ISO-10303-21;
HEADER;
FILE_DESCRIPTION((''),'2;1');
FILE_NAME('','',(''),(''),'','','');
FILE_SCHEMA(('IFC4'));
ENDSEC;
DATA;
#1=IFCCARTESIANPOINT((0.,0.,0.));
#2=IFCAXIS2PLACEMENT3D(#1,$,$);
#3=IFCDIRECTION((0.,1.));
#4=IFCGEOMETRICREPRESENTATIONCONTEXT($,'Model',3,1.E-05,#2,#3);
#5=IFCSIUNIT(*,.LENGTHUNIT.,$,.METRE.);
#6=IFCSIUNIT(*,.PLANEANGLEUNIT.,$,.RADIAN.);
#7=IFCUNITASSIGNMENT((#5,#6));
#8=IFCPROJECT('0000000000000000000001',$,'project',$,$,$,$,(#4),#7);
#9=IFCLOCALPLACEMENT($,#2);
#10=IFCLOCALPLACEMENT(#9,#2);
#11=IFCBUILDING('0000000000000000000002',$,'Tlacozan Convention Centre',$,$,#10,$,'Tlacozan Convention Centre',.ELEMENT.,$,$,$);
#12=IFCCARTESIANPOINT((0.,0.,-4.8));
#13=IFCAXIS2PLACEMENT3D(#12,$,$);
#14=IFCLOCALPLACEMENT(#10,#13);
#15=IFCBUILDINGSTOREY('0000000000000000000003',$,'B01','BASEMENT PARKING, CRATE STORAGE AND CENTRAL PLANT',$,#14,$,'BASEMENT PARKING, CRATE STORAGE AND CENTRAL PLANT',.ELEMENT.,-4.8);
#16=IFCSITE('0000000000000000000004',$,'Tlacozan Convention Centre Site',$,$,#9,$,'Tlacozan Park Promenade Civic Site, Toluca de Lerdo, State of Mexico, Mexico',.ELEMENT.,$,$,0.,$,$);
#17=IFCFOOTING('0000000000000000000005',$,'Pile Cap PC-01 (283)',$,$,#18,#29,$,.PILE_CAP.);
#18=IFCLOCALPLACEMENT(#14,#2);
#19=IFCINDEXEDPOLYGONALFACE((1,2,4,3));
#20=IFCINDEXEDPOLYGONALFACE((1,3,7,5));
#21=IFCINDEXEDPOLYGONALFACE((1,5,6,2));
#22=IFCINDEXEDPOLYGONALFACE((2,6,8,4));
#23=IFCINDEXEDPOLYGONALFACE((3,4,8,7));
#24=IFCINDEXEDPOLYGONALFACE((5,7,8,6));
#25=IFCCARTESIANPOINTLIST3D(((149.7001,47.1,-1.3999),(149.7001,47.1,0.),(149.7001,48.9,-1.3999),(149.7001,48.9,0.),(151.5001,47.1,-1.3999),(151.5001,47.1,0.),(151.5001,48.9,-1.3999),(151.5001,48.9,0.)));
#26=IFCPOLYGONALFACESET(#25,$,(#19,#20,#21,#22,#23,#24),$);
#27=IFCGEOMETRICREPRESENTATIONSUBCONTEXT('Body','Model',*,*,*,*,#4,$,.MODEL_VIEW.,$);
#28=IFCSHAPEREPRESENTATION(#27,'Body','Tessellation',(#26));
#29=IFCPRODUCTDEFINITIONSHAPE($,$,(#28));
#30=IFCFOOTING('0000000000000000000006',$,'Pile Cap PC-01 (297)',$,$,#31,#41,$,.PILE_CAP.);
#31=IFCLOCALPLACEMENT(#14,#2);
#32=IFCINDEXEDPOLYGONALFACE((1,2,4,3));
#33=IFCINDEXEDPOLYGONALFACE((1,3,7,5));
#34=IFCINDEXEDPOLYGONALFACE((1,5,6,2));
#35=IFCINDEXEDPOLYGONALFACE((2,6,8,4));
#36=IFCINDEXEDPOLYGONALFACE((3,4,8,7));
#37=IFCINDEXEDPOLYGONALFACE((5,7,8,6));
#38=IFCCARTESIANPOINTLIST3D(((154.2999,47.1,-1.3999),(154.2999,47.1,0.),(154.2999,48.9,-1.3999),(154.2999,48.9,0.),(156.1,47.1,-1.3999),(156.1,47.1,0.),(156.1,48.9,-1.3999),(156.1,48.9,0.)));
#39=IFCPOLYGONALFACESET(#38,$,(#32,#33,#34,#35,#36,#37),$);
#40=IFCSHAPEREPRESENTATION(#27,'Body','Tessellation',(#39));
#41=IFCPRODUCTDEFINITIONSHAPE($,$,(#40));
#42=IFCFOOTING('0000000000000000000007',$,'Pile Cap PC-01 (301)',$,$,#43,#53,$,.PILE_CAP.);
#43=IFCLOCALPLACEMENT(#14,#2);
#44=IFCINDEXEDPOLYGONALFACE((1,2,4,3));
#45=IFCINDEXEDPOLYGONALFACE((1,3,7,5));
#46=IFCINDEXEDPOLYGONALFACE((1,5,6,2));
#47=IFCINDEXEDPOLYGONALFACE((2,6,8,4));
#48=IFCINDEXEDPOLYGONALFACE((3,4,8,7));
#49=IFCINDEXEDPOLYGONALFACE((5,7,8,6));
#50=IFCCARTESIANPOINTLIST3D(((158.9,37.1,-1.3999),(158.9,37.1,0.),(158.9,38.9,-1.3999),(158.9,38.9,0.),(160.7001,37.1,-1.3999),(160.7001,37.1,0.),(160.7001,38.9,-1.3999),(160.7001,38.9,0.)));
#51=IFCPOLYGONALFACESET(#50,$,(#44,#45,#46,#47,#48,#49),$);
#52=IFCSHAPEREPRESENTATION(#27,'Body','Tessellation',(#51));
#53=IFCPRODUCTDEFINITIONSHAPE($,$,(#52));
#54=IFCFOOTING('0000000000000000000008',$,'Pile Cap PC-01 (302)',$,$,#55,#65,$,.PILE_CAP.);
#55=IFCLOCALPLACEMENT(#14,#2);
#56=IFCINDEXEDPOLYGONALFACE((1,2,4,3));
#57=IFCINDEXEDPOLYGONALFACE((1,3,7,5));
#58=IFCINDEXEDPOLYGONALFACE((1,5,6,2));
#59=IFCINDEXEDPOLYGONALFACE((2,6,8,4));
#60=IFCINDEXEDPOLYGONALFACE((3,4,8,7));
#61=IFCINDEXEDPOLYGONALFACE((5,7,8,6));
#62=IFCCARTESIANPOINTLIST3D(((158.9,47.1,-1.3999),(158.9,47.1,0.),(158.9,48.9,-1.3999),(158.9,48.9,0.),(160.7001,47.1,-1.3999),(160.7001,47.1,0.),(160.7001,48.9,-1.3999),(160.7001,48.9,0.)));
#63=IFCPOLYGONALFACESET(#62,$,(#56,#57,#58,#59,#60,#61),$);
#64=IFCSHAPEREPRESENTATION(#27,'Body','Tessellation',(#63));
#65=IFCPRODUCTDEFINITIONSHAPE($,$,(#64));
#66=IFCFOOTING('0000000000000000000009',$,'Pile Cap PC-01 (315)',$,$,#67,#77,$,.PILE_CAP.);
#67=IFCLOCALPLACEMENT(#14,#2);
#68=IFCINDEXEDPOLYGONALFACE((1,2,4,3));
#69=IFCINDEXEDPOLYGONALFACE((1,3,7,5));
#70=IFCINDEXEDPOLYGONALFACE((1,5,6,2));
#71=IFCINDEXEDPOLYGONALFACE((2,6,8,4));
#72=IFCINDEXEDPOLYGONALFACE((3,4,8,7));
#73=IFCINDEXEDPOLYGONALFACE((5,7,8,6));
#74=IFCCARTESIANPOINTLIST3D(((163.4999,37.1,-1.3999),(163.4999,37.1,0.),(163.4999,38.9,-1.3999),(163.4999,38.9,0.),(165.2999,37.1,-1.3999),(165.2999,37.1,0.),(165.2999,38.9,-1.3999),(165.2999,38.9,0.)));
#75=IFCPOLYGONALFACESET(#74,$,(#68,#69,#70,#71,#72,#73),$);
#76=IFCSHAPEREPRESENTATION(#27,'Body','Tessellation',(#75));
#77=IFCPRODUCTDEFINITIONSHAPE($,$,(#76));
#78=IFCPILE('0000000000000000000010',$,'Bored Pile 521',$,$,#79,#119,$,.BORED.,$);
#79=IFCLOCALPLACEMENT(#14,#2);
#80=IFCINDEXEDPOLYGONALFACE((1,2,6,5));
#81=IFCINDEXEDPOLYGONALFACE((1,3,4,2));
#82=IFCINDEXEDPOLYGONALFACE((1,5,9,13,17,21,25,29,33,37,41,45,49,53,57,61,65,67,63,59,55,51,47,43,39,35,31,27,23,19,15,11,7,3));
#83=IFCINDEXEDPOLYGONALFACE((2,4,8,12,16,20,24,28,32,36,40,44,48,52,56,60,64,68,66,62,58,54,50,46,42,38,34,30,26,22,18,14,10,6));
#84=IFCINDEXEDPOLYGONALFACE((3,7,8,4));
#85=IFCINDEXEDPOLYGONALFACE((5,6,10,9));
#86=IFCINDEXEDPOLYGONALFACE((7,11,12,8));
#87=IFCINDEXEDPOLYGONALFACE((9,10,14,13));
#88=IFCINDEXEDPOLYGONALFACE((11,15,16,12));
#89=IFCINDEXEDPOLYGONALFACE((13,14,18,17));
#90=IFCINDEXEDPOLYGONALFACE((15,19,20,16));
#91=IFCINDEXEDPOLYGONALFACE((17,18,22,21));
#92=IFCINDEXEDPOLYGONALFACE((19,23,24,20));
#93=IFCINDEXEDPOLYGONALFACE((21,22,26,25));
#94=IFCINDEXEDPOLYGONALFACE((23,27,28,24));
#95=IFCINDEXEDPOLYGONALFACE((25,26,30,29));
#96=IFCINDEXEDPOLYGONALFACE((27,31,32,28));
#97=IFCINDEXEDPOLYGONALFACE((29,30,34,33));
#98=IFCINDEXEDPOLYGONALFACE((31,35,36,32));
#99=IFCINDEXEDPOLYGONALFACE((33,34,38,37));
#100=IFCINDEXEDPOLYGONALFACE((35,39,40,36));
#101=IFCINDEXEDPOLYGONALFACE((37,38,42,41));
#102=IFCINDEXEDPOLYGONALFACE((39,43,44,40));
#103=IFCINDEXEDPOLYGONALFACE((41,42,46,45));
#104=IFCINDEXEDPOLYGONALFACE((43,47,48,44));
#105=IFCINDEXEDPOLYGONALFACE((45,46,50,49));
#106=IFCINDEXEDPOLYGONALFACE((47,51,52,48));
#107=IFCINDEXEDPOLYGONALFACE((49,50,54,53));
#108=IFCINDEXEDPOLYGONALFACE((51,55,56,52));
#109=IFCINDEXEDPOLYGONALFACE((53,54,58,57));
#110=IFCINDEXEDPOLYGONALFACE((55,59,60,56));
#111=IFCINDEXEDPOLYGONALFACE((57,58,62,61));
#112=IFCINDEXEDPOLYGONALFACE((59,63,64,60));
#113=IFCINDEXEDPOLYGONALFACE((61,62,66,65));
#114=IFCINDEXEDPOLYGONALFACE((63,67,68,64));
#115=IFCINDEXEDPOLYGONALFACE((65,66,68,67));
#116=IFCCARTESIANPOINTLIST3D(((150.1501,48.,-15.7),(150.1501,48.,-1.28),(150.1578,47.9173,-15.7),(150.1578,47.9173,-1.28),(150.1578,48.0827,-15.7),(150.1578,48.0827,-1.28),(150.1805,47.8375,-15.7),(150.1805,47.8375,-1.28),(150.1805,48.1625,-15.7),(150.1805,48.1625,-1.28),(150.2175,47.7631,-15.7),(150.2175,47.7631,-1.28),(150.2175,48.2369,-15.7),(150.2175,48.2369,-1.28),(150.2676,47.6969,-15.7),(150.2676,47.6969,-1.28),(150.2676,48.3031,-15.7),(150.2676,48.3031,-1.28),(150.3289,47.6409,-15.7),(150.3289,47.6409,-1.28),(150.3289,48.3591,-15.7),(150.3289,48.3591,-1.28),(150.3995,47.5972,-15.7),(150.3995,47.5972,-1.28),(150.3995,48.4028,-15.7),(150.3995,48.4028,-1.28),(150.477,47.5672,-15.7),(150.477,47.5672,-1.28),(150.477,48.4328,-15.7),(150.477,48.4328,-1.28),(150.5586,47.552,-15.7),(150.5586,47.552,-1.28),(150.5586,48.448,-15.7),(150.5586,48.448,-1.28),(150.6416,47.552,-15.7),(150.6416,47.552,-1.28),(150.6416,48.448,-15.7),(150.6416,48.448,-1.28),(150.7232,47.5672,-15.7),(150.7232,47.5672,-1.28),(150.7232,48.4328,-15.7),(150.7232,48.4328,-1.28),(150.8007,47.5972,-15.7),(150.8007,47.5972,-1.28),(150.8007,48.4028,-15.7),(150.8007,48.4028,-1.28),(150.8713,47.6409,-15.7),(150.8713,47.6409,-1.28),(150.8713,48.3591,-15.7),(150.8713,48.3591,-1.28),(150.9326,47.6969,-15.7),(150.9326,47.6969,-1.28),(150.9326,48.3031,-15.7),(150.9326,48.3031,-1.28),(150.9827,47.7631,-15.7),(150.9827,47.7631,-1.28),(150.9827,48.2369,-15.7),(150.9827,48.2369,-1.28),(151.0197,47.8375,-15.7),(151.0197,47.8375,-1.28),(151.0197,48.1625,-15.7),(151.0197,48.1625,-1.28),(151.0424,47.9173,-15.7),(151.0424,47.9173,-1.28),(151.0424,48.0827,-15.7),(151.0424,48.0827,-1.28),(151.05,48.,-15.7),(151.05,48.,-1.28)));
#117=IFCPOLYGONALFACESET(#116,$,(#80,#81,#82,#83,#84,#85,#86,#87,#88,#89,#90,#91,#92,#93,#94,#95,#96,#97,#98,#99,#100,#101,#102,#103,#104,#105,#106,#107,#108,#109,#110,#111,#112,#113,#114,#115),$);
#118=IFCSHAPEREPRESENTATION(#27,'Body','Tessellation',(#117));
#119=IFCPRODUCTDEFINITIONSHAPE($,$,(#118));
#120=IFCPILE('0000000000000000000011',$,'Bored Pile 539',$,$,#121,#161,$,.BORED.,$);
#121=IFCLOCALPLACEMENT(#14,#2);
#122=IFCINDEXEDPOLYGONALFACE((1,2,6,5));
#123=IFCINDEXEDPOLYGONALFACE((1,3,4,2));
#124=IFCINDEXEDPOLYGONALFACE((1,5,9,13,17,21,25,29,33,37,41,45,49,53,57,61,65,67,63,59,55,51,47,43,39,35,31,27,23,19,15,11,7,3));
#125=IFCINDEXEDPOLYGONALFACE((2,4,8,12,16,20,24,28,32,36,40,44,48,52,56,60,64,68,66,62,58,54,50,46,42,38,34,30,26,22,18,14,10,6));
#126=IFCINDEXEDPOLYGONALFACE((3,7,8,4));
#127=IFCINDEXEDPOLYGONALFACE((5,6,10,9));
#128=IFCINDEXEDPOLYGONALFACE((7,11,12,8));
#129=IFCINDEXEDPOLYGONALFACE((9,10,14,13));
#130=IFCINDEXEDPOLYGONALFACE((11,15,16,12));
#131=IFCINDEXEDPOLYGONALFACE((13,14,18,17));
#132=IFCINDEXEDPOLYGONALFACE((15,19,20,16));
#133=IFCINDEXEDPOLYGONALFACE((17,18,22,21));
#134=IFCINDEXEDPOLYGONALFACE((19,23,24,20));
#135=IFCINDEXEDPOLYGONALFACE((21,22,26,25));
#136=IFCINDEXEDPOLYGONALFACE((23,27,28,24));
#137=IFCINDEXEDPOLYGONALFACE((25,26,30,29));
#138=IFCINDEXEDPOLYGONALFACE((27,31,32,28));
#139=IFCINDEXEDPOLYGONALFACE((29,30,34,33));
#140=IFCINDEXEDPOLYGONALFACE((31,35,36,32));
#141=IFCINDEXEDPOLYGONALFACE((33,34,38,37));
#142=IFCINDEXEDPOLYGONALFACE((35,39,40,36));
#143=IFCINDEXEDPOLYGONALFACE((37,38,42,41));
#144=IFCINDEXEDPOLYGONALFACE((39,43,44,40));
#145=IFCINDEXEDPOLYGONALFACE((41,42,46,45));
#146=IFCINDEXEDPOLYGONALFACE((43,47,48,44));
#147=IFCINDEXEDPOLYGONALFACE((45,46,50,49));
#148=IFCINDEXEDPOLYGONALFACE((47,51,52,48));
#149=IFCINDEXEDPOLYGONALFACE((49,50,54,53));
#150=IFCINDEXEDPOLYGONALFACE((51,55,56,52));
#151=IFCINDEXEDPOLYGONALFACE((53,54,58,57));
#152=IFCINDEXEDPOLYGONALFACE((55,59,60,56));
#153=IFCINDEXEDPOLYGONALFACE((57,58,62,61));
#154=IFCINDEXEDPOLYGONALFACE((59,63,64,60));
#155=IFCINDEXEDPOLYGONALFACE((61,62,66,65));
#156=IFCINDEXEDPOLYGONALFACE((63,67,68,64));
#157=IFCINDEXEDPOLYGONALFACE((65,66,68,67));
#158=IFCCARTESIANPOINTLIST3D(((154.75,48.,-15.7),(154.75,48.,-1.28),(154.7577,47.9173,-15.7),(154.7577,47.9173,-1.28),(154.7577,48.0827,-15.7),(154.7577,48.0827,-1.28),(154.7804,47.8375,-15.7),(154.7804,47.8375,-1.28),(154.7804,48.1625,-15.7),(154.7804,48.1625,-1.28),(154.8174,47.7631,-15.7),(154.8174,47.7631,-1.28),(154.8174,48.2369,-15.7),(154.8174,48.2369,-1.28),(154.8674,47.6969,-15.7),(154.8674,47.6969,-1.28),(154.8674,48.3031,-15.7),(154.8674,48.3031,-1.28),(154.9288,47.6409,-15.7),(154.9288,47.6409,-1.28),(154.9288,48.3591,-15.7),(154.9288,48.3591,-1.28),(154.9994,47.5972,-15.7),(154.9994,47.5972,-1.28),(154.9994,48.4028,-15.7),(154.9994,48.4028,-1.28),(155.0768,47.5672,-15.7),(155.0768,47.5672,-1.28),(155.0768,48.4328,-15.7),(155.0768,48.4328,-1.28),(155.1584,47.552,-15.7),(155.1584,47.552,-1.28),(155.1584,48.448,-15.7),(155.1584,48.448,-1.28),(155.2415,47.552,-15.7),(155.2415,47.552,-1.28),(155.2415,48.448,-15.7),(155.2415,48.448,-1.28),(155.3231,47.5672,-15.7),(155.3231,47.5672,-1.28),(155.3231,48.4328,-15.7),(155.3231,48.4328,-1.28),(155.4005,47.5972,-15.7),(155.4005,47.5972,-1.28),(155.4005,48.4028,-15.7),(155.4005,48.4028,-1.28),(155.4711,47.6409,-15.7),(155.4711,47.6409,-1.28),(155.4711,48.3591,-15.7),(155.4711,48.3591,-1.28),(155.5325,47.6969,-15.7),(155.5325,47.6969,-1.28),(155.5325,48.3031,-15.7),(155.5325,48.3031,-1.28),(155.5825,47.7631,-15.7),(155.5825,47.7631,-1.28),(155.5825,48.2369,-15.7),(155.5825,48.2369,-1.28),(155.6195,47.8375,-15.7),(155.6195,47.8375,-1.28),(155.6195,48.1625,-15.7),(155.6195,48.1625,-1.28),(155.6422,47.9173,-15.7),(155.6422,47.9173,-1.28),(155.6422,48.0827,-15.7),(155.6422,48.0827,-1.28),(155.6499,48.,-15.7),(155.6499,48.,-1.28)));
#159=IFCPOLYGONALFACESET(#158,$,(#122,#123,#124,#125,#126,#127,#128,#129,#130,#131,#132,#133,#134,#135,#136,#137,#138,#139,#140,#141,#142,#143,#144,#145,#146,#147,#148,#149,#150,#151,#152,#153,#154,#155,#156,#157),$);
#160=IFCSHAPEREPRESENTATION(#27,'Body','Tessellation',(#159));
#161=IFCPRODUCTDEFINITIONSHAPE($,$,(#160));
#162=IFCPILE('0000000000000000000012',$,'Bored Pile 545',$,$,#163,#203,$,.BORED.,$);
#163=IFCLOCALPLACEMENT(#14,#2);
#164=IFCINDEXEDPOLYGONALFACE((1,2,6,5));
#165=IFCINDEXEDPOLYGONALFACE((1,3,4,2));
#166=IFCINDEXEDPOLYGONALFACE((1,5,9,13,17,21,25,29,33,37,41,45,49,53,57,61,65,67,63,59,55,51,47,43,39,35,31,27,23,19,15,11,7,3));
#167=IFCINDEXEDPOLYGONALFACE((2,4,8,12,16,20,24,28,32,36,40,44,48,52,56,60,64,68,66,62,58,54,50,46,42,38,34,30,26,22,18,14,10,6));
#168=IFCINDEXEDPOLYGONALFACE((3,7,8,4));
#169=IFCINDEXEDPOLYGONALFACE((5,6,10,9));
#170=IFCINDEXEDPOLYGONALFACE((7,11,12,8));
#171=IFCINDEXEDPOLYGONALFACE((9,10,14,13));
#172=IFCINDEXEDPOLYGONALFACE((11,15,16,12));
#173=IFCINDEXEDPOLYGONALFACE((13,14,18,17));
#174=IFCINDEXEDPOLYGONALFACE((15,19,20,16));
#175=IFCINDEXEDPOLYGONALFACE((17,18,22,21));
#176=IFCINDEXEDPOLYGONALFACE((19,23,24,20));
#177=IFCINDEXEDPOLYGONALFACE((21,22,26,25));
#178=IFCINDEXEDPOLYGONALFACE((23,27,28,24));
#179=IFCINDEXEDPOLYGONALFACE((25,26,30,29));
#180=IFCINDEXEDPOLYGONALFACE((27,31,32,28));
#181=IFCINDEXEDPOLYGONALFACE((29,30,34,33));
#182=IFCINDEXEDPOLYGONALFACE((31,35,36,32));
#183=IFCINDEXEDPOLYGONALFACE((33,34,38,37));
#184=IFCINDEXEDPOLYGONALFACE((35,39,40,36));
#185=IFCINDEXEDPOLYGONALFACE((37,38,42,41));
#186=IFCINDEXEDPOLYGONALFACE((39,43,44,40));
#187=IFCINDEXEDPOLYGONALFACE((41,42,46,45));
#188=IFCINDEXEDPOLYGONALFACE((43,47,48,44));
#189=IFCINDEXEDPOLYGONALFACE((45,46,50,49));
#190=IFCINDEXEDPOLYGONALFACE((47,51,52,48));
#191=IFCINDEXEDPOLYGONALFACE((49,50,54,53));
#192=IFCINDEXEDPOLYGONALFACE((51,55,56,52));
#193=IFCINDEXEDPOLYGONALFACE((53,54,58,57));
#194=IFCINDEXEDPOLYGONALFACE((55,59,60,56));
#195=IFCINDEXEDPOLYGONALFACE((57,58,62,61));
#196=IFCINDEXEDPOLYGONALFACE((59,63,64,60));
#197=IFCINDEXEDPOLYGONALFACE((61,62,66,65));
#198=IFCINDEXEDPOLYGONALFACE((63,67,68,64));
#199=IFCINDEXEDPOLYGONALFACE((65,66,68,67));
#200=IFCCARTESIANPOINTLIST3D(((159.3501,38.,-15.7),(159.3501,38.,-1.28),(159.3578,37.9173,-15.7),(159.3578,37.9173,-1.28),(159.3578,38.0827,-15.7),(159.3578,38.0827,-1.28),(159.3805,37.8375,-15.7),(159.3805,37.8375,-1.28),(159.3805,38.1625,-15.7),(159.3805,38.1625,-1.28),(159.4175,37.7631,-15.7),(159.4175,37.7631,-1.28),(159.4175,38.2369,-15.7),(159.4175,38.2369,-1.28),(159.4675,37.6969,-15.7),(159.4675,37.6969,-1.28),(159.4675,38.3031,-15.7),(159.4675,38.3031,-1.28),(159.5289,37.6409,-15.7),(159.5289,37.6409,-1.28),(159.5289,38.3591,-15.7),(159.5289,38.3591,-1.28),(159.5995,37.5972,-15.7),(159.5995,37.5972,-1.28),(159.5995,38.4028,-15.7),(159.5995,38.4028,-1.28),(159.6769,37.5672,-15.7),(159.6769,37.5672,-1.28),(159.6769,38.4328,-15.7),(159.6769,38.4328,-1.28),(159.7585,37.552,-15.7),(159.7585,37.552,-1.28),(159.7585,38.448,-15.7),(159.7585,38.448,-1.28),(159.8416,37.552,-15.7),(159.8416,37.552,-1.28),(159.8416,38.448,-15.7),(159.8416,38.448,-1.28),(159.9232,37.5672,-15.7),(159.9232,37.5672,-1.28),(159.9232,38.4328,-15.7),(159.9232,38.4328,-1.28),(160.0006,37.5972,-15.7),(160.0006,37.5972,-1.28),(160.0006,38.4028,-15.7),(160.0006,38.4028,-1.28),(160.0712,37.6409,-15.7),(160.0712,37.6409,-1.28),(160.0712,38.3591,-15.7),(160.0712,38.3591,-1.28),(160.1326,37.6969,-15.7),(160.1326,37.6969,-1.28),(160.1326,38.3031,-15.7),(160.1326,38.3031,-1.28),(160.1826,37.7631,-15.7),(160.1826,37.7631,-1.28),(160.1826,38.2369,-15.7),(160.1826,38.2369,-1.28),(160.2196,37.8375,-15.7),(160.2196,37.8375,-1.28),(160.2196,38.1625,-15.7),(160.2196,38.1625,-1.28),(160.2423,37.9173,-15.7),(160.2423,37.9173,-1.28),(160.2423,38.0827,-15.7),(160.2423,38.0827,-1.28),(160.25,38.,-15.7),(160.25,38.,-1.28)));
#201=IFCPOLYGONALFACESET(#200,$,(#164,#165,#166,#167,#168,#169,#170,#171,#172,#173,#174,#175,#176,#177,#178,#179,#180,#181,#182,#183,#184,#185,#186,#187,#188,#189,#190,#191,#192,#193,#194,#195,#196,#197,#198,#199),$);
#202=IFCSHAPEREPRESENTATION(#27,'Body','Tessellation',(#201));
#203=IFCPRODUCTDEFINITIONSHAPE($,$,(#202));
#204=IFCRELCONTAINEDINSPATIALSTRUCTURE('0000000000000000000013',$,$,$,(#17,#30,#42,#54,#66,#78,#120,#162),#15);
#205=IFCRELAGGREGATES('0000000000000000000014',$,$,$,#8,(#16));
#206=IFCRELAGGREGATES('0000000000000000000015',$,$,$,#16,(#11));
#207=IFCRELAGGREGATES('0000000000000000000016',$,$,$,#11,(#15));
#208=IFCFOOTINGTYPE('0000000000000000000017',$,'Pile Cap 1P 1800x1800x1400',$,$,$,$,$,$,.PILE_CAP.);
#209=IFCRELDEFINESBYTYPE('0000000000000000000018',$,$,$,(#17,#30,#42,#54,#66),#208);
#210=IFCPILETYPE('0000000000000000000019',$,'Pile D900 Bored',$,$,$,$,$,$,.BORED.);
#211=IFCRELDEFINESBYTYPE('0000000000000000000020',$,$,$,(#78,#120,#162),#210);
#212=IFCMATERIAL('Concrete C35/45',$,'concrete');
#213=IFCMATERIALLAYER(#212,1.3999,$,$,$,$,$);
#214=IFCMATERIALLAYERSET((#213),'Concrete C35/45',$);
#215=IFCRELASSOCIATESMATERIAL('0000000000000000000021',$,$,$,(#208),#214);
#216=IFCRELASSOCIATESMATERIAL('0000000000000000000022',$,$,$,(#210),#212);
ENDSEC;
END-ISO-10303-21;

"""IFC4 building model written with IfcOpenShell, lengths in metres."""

from ifc_helpers import new_model, si_unit, direction, frame, origin, origin_2d, place, context, subcontext, project, spatial, rectangle, circle, extrude, material, layer, layer_set, material_profile, profile_set, type_object, element, save


model = new_model("IFC4")

# Units and contexts
model_context = context("Model", 3, precision=1e-05, world=origin(), true_north=direction((0.0, 1.0)))
body_context = subcontext(model_context, "Body", "Model", "MODEL_VIEW")
ifc_project = project(units=[si_unit("LENGTHUNIT", "METRE"), si_unit("PLANEANGLEUNIT", "RADIAN")], contexts=[model_context])

# Site, building, storey
site_placement = place(None, origin())
site = spatial("IfcSite", under=ifc_project, at=site_placement, Name="Tlacozan Convention Centre Site", LongName="Tlacozan Park Promenade Civic Site, Toluca de Lerdo, State of Mexico, Mexico", CompositionType="ELEMENT", RefElevation=0.0)
building_placement = place(site_placement, origin())
building = spatial("IfcBuilding", under=site, at=building_placement, Name="Tlacozan Convention Centre", LongName="Tlacozan Convention Centre", CompositionType="ELEMENT")
storey_placement = place(building_placement, frame((0.0, 0.0, -4.8)))
storey = spatial("IfcBuildingStorey", under=building, at=storey_placement, Name="B01", Description="BASEMENT PARKING, CRATE STORAGE AND CENTRAL PLANT", LongName="BASEMENT PARKING, CRATE STORAGE AND CENTRAL PLANT", CompositionType="ELEMENT", Elevation=-4.8)

# Footings
ifc_material_1 = material(Name="Concrete C35/45", Category="concrete")
ifc_layer = layer(ifc_material_1, 1.3999)
ifc_layer_set = layer_set([ifc_layer], Name="Concrete C35/45")
footing_type = type_object("IfcFootingType", Name="Pile Cap 1P 1800x1800x1400", PredefinedType="PILE_CAP", material=ifc_layer_set)
for number, where, z_axis, x_axis, name in (
    (1, (150.6001, 48.0, -1.3999), (0.0, 0.0, 1.0), (1.0, 0.0, 0.0), "Pile Cap PC-01 (283)"),
    (2, (155.2, 48.0, -1.3999), (0.0, 0.0, 1.0), (1.0, 0.0, 0.0), "Pile Cap PC-01 (297)"),
    (3, (159.8, 38.0, -1.3999), (0.0, 0.0, 1.0), (1.0, 0.0, 0.0), "Pile Cap PC-01 (301)"),
    (4, (159.8, 48.0, -1.3999), (0.0, 0.0, 1.0), (1.0, 0.0, 0.0), "Pile Cap PC-01 (302)"),
    (5, (164.3999, 38.0, -1.3999), (0.0, 0.0, 1.0), (1.0, 0.0, 0.0), "Pile Cap PC-01 (315)"),
):
    element("IfcFooting", number, at=place(storey_placement, frame(where, z_axis=z_axis, x_axis=x_axis)), inside=storey, type_object=footing_type, Name=name, PredefinedType="PILE_CAP", context=body_context, shape_type="SweptSolid", body=[
        extrude(rectangle(XDim=1.8, YDim=1.8, at=origin_2d()), origin(), (0.0, 0.0, 1.0), 1.3999),
    ])

# Piles
ifc_material_profile_1 = material_profile(ifc_material_1, circle(Radius=0.45, at=origin_2d()), Name="PILE D900")
ifc_profile_set_1 = profile_set([ifc_material_profile_1], Name="Concrete C35/45")
pile_type = type_object("IfcPileType", Name="Pile D900 Bored", PredefinedType="BORED", material=ifc_profile_set_1)
for number, where, z_axis, x_axis, name in (
    (6, (150.6001, 48.0, -1.28), (0.0, 0.0, -1.0), (1.0, 0.0, 0.0), "Bored Pile 521"),
    (7, (155.2, 48.0, -1.28), (0.0, 0.0, -1.0), (1.0, 0.0, 0.0), "Bored Pile 539"),
    (8, (159.8, 38.0, -1.28), (0.0, 0.0, -1.0), (1.0, 0.0, 0.0), "Bored Pile 545"),
):
    element("IfcPile", number, at=place(storey_placement, frame(where, z_axis=z_axis, x_axis=x_axis)), inside=storey, type_object=pile_type, Name=name, PredefinedType="BORED", context=body_context, shape_type="SweptSolid", body=[
        extrude(circle(Radius=0.45, at=origin_2d()), origin(), (0.0, 0.0, 1.0), 14.4199),
    ])

save(model, "model.ifc")
